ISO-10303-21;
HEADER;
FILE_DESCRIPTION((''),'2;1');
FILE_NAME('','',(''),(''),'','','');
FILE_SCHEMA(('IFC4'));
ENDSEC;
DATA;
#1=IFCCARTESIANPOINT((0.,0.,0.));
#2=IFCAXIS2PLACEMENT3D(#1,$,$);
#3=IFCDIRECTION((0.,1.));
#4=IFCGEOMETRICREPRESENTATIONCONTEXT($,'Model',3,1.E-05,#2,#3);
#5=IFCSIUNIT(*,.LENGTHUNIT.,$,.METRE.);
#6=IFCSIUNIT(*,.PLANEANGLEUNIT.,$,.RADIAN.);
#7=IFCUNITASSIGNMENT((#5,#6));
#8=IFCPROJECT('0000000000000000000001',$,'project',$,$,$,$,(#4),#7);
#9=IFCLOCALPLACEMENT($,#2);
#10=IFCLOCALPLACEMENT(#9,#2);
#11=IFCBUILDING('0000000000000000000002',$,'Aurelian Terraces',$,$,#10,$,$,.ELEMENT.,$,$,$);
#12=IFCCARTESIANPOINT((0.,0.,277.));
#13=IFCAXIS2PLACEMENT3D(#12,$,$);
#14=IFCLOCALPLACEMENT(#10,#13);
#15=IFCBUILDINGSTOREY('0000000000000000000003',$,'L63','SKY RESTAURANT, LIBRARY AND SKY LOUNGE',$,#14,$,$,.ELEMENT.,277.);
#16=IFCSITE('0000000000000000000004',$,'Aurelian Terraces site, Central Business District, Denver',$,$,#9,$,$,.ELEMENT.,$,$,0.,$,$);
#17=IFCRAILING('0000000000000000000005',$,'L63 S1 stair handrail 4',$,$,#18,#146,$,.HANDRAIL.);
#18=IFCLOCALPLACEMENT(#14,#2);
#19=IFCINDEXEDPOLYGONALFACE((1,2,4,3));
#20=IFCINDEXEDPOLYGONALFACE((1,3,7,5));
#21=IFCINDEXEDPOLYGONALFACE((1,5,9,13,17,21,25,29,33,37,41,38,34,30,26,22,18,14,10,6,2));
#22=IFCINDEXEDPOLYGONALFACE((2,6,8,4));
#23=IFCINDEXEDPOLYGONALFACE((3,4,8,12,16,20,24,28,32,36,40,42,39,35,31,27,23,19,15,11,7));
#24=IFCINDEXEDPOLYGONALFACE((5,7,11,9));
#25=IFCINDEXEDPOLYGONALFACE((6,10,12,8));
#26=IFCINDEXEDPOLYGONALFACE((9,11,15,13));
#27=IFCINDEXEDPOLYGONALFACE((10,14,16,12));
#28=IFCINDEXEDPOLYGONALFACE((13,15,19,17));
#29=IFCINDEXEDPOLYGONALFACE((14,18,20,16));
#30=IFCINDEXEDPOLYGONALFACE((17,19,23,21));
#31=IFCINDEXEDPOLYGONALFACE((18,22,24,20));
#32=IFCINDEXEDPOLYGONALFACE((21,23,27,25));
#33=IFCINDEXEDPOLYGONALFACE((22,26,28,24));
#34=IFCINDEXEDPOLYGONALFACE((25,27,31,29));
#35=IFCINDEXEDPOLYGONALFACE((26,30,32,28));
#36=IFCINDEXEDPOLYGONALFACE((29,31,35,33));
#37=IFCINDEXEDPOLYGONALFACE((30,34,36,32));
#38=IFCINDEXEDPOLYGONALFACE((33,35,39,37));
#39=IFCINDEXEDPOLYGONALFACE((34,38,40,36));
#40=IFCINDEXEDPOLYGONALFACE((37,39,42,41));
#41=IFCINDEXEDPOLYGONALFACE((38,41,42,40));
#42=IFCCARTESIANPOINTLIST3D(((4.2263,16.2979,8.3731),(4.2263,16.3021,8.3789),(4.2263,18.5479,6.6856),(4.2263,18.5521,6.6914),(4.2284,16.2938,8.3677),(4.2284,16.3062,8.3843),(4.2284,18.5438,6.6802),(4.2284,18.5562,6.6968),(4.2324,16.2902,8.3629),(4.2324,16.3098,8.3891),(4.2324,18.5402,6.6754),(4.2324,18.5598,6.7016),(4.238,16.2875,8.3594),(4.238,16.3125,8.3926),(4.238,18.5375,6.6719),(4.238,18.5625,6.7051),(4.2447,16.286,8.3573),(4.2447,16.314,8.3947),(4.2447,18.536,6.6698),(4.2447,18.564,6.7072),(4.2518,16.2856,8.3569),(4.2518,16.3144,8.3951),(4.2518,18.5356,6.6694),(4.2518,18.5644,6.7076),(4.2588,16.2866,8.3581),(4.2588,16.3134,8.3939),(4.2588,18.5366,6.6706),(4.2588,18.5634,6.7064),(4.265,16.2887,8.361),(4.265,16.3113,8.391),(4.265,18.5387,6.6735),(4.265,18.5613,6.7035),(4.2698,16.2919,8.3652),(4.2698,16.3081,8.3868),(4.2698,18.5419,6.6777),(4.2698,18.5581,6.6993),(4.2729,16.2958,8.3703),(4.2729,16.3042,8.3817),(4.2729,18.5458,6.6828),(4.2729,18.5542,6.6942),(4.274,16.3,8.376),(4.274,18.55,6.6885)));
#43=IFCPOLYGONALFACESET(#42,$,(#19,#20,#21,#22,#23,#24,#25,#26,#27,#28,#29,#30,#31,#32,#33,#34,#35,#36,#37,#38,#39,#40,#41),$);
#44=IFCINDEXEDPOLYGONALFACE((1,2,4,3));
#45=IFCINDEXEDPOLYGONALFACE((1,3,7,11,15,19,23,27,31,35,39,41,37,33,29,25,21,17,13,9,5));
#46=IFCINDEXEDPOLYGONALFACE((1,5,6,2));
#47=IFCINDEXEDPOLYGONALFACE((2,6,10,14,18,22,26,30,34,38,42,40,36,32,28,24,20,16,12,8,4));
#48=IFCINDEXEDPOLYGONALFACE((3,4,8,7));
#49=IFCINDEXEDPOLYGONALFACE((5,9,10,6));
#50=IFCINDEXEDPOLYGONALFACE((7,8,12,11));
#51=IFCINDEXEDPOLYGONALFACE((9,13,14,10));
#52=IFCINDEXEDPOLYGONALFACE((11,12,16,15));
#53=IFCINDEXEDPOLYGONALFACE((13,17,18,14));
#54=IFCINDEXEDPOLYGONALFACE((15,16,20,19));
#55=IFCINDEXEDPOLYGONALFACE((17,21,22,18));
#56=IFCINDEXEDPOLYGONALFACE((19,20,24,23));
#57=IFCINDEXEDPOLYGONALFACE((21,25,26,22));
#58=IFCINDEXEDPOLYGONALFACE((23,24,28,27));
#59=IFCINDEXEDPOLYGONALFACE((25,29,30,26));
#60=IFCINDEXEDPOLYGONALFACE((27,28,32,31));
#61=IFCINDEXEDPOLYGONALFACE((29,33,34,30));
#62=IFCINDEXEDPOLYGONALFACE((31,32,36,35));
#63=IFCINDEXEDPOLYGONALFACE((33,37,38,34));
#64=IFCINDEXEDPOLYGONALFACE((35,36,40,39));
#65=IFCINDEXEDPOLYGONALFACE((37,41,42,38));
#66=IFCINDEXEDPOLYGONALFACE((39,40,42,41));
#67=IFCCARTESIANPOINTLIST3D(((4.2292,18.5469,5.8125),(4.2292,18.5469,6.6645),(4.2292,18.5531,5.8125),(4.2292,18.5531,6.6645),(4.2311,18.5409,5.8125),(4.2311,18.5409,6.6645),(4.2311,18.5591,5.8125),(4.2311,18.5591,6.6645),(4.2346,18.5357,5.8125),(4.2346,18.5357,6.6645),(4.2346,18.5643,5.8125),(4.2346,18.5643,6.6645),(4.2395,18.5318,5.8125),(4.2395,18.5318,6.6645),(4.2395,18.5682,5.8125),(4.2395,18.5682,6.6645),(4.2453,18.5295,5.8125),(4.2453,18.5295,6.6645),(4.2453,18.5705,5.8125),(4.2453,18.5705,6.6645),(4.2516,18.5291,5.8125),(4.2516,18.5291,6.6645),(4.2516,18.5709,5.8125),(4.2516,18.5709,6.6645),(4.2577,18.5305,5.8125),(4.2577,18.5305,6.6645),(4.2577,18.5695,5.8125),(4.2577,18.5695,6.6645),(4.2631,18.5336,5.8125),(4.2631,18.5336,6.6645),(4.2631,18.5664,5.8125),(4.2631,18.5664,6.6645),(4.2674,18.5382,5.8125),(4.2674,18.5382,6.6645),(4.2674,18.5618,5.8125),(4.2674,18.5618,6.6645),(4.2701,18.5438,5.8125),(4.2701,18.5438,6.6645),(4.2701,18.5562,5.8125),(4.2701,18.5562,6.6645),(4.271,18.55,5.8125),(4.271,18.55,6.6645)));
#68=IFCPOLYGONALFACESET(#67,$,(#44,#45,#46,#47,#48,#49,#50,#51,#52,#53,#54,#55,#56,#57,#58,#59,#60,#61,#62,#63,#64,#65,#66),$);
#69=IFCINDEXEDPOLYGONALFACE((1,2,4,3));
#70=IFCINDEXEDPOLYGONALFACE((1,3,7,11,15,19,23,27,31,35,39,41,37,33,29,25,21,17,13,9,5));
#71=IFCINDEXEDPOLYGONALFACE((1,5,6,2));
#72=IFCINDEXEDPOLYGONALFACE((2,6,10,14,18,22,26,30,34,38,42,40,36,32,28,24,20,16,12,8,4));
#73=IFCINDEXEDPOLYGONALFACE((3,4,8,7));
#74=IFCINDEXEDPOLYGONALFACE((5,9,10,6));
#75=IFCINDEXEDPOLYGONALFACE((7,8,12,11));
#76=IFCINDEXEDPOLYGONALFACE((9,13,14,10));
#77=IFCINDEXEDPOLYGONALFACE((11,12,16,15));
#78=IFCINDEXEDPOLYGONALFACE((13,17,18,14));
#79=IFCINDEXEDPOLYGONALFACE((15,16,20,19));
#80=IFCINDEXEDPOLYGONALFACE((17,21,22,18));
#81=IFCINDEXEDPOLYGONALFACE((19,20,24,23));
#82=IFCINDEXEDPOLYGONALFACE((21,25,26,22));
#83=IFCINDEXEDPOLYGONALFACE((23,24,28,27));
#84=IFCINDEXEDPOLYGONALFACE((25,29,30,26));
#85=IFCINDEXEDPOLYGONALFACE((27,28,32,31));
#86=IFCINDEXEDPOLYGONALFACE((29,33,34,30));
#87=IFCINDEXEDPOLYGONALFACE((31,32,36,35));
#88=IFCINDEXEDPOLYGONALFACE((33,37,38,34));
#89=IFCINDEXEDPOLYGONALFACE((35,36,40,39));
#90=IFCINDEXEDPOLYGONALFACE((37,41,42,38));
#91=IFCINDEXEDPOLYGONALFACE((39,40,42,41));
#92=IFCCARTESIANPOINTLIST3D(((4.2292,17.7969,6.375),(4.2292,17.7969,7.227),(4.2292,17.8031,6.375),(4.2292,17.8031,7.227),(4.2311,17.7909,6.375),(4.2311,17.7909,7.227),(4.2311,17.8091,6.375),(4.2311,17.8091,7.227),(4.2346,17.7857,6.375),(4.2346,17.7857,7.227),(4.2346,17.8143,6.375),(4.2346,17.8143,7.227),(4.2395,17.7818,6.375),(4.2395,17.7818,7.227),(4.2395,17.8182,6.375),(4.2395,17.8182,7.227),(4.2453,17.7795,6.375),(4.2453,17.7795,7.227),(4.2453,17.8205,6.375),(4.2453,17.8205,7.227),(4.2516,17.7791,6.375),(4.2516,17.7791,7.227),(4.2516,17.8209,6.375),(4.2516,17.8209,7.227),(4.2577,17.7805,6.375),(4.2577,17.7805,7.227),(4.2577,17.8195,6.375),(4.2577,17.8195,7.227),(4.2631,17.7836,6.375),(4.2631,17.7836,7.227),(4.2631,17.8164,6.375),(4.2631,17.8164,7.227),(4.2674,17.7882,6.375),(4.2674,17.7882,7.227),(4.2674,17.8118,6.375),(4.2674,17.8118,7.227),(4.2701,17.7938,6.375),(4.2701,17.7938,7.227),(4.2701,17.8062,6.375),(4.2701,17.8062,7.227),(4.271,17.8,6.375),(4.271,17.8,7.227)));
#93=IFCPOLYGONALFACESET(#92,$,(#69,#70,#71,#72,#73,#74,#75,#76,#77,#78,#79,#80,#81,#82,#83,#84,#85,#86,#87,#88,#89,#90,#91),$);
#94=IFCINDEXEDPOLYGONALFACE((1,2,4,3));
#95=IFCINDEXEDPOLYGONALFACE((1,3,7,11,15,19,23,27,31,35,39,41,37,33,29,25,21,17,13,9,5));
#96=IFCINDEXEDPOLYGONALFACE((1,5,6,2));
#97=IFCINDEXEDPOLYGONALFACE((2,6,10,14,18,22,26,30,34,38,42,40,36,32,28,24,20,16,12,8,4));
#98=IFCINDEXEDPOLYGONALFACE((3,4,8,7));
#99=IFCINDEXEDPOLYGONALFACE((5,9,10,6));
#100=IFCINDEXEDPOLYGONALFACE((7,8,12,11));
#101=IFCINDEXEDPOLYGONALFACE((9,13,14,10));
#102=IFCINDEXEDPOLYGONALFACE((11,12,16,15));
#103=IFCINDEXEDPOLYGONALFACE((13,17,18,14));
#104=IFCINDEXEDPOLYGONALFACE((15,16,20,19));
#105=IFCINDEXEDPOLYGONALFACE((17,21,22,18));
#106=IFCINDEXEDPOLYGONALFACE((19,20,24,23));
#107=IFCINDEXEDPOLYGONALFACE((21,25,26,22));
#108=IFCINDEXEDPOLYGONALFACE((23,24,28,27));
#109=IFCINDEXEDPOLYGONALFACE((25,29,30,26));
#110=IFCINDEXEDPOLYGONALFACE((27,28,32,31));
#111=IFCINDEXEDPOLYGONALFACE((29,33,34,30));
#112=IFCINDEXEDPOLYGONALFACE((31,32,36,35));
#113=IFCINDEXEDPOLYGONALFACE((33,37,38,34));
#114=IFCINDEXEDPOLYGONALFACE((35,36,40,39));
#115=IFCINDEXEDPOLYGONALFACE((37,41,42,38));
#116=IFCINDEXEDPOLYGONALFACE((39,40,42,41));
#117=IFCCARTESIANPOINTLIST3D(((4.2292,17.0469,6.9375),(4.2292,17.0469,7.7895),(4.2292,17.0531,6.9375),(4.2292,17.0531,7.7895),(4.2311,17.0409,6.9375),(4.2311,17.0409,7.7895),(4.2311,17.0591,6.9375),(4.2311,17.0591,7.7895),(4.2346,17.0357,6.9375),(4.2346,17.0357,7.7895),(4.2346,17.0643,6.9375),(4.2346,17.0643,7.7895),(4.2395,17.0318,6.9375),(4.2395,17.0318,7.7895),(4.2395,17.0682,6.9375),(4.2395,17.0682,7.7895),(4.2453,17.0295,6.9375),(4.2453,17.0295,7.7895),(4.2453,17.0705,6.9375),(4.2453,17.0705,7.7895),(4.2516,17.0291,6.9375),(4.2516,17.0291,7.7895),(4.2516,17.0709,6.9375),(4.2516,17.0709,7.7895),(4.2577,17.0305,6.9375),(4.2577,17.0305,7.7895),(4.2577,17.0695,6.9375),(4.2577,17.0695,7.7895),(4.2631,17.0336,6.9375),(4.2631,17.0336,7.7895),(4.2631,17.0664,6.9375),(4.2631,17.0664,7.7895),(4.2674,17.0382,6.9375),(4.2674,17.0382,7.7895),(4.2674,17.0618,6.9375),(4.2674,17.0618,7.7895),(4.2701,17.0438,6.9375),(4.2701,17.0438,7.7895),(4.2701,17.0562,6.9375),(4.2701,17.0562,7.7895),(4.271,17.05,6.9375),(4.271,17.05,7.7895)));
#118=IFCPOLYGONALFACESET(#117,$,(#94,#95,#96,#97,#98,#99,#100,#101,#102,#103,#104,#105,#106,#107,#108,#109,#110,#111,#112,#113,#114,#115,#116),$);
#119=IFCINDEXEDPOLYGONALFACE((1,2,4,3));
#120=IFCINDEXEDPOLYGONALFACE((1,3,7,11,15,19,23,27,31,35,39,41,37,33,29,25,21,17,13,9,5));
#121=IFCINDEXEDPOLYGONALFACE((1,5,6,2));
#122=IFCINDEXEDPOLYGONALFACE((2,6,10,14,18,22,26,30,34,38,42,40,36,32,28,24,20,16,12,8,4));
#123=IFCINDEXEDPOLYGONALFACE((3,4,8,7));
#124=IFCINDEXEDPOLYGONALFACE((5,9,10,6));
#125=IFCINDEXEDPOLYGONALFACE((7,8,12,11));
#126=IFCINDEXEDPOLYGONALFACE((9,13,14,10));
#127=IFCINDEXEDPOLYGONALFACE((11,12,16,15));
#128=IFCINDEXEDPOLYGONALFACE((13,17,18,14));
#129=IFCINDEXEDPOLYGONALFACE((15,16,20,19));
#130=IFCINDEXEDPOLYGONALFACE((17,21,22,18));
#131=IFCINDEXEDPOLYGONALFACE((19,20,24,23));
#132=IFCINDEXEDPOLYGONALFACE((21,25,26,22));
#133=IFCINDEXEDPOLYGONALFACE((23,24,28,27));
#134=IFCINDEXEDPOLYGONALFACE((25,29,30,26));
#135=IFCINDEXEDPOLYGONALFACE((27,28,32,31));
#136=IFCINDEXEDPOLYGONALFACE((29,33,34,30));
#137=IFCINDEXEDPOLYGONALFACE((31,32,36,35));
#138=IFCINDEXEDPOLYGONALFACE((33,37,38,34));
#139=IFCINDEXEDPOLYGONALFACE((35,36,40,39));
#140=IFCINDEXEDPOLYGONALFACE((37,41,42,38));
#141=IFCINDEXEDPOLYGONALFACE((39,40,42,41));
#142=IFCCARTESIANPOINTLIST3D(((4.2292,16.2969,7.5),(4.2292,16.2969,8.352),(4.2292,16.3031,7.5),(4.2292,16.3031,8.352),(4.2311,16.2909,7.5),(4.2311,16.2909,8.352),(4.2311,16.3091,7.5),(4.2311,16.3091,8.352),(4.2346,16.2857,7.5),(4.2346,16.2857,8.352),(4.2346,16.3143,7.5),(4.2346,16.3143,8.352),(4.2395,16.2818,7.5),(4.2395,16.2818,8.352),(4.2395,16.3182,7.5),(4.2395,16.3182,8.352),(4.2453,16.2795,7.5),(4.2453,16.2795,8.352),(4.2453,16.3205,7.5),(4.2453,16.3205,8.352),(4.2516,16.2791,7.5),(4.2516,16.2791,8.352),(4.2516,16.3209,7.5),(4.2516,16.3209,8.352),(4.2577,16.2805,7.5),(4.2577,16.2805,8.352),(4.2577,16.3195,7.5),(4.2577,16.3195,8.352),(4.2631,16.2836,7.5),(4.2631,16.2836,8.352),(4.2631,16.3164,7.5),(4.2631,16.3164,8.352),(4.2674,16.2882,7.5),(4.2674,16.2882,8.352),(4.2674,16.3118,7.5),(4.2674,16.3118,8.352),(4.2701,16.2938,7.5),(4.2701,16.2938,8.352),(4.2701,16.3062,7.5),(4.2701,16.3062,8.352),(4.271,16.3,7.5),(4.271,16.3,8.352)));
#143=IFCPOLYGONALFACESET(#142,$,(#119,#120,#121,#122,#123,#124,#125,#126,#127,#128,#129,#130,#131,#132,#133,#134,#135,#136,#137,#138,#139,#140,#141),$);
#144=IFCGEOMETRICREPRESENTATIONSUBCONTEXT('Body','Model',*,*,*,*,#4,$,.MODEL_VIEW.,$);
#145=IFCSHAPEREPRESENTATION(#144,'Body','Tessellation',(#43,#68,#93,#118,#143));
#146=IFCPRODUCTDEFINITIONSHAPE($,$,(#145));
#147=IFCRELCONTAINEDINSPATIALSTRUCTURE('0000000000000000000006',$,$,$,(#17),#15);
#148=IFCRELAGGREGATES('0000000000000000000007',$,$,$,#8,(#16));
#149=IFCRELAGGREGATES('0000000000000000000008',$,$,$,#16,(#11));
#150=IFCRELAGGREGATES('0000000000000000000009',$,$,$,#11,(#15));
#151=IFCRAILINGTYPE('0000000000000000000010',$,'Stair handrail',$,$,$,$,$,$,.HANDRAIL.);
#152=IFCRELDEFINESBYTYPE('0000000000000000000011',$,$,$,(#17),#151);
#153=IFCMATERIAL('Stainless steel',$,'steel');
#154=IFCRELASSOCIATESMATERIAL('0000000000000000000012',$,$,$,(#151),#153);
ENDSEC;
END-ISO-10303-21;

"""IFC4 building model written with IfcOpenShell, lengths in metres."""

from ifc_helpers import new_model, si_unit, direction, frame, origin, origin_2d, place, context, subcontext, project, spatial, circle, extrude, source, transform, mapped, material, type_object, element, save


model = new_model("IFC4")

# Units and contexts
model_context = context("Model", 3, precision=1e-05, world=origin(), true_north=direction((0.0, 1.0)))
body_context = subcontext(model_context, "Body", "Model", "MODEL_VIEW")
ifc_project = project(units=[si_unit("LENGTHUNIT", "METRE"), si_unit("PLANEANGLEUNIT", "RADIAN")], contexts=[model_context])

# Site, building, storey
site_placement = place(None, origin())
site = spatial("IfcSite", under=ifc_project, at=site_placement, Name="Aurelian Terraces site, Central Business District, Denver", CompositionType="ELEMENT", RefElevation=0.0)
building_placement = place(site_placement, origin())
building = spatial("IfcBuilding", under=site, at=building_placement, Name="Aurelian Terraces", CompositionType="ELEMENT")
storey_placement = place(building_placement, frame((0.0, 0.0, 277.0)))
storey = spatial("IfcBuildingStorey", under=building, at=storey_placement, Name="L63", Description="SKY RESTAURANT, LIBRARY AND SKY LOUNGE", CompositionType="ELEMENT", Elevation=277.0)

# Railing
ifc_material_1 = material(Name="Stainless steel", Category="steel")
railing_type_1 = type_object("IfcRailingType", Name="Stair handrail", PredefinedType="HANDRAIL", material=ifc_material_1)
shared_shape_1 = source(origin(), body_context, "Body", "SweptSolid", [
    extrude(circle(Radius=0.024, at=origin_2d()), frame((0.0, 0.0, 0.876), z_axis=(0.0, -0.8, 0.6), x_axis=(1.0, 0.0, 0.0)), (0.0, 0.0, 1.0), 2.8125),
    extrude(circle(Radius=0.021, at=origin_2d()), origin(), (0.0, 0.0, 1.0), 0.852),
    extrude(circle(Radius=0.021, at=origin_2d()), frame((0.0, -0.75, 0.5625)), (0.0, 0.0, 1.0), 0.852),
    extrude(circle(Radius=0.021, at=origin_2d()), frame((0.0, -1.5, 1.125)), (0.0, 0.0, 1.0), 0.852),
    extrude(circle(Radius=0.021, at=origin_2d()), frame((0.0, -2.25, 1.6875)), (0.0, 0.0, 1.0), 0.852),
])
for number, where, name in (
    (1, (4.25, 18.55, 5.8125), "L63 S1 stair handrail 4"),
):
    element("IfcRailing", number, at=place(storey_placement, frame(where)), inside=storey, type_object=railing_type_1, Name=name, PredefinedType="HANDRAIL", context=body_context, shape_type="MappedRepresentation", body=[
        mapped(shared_shape_1, transform((0.0, 0.0, 0.0), scale=1.0)),
    ])

save(model, "model.ifc")
